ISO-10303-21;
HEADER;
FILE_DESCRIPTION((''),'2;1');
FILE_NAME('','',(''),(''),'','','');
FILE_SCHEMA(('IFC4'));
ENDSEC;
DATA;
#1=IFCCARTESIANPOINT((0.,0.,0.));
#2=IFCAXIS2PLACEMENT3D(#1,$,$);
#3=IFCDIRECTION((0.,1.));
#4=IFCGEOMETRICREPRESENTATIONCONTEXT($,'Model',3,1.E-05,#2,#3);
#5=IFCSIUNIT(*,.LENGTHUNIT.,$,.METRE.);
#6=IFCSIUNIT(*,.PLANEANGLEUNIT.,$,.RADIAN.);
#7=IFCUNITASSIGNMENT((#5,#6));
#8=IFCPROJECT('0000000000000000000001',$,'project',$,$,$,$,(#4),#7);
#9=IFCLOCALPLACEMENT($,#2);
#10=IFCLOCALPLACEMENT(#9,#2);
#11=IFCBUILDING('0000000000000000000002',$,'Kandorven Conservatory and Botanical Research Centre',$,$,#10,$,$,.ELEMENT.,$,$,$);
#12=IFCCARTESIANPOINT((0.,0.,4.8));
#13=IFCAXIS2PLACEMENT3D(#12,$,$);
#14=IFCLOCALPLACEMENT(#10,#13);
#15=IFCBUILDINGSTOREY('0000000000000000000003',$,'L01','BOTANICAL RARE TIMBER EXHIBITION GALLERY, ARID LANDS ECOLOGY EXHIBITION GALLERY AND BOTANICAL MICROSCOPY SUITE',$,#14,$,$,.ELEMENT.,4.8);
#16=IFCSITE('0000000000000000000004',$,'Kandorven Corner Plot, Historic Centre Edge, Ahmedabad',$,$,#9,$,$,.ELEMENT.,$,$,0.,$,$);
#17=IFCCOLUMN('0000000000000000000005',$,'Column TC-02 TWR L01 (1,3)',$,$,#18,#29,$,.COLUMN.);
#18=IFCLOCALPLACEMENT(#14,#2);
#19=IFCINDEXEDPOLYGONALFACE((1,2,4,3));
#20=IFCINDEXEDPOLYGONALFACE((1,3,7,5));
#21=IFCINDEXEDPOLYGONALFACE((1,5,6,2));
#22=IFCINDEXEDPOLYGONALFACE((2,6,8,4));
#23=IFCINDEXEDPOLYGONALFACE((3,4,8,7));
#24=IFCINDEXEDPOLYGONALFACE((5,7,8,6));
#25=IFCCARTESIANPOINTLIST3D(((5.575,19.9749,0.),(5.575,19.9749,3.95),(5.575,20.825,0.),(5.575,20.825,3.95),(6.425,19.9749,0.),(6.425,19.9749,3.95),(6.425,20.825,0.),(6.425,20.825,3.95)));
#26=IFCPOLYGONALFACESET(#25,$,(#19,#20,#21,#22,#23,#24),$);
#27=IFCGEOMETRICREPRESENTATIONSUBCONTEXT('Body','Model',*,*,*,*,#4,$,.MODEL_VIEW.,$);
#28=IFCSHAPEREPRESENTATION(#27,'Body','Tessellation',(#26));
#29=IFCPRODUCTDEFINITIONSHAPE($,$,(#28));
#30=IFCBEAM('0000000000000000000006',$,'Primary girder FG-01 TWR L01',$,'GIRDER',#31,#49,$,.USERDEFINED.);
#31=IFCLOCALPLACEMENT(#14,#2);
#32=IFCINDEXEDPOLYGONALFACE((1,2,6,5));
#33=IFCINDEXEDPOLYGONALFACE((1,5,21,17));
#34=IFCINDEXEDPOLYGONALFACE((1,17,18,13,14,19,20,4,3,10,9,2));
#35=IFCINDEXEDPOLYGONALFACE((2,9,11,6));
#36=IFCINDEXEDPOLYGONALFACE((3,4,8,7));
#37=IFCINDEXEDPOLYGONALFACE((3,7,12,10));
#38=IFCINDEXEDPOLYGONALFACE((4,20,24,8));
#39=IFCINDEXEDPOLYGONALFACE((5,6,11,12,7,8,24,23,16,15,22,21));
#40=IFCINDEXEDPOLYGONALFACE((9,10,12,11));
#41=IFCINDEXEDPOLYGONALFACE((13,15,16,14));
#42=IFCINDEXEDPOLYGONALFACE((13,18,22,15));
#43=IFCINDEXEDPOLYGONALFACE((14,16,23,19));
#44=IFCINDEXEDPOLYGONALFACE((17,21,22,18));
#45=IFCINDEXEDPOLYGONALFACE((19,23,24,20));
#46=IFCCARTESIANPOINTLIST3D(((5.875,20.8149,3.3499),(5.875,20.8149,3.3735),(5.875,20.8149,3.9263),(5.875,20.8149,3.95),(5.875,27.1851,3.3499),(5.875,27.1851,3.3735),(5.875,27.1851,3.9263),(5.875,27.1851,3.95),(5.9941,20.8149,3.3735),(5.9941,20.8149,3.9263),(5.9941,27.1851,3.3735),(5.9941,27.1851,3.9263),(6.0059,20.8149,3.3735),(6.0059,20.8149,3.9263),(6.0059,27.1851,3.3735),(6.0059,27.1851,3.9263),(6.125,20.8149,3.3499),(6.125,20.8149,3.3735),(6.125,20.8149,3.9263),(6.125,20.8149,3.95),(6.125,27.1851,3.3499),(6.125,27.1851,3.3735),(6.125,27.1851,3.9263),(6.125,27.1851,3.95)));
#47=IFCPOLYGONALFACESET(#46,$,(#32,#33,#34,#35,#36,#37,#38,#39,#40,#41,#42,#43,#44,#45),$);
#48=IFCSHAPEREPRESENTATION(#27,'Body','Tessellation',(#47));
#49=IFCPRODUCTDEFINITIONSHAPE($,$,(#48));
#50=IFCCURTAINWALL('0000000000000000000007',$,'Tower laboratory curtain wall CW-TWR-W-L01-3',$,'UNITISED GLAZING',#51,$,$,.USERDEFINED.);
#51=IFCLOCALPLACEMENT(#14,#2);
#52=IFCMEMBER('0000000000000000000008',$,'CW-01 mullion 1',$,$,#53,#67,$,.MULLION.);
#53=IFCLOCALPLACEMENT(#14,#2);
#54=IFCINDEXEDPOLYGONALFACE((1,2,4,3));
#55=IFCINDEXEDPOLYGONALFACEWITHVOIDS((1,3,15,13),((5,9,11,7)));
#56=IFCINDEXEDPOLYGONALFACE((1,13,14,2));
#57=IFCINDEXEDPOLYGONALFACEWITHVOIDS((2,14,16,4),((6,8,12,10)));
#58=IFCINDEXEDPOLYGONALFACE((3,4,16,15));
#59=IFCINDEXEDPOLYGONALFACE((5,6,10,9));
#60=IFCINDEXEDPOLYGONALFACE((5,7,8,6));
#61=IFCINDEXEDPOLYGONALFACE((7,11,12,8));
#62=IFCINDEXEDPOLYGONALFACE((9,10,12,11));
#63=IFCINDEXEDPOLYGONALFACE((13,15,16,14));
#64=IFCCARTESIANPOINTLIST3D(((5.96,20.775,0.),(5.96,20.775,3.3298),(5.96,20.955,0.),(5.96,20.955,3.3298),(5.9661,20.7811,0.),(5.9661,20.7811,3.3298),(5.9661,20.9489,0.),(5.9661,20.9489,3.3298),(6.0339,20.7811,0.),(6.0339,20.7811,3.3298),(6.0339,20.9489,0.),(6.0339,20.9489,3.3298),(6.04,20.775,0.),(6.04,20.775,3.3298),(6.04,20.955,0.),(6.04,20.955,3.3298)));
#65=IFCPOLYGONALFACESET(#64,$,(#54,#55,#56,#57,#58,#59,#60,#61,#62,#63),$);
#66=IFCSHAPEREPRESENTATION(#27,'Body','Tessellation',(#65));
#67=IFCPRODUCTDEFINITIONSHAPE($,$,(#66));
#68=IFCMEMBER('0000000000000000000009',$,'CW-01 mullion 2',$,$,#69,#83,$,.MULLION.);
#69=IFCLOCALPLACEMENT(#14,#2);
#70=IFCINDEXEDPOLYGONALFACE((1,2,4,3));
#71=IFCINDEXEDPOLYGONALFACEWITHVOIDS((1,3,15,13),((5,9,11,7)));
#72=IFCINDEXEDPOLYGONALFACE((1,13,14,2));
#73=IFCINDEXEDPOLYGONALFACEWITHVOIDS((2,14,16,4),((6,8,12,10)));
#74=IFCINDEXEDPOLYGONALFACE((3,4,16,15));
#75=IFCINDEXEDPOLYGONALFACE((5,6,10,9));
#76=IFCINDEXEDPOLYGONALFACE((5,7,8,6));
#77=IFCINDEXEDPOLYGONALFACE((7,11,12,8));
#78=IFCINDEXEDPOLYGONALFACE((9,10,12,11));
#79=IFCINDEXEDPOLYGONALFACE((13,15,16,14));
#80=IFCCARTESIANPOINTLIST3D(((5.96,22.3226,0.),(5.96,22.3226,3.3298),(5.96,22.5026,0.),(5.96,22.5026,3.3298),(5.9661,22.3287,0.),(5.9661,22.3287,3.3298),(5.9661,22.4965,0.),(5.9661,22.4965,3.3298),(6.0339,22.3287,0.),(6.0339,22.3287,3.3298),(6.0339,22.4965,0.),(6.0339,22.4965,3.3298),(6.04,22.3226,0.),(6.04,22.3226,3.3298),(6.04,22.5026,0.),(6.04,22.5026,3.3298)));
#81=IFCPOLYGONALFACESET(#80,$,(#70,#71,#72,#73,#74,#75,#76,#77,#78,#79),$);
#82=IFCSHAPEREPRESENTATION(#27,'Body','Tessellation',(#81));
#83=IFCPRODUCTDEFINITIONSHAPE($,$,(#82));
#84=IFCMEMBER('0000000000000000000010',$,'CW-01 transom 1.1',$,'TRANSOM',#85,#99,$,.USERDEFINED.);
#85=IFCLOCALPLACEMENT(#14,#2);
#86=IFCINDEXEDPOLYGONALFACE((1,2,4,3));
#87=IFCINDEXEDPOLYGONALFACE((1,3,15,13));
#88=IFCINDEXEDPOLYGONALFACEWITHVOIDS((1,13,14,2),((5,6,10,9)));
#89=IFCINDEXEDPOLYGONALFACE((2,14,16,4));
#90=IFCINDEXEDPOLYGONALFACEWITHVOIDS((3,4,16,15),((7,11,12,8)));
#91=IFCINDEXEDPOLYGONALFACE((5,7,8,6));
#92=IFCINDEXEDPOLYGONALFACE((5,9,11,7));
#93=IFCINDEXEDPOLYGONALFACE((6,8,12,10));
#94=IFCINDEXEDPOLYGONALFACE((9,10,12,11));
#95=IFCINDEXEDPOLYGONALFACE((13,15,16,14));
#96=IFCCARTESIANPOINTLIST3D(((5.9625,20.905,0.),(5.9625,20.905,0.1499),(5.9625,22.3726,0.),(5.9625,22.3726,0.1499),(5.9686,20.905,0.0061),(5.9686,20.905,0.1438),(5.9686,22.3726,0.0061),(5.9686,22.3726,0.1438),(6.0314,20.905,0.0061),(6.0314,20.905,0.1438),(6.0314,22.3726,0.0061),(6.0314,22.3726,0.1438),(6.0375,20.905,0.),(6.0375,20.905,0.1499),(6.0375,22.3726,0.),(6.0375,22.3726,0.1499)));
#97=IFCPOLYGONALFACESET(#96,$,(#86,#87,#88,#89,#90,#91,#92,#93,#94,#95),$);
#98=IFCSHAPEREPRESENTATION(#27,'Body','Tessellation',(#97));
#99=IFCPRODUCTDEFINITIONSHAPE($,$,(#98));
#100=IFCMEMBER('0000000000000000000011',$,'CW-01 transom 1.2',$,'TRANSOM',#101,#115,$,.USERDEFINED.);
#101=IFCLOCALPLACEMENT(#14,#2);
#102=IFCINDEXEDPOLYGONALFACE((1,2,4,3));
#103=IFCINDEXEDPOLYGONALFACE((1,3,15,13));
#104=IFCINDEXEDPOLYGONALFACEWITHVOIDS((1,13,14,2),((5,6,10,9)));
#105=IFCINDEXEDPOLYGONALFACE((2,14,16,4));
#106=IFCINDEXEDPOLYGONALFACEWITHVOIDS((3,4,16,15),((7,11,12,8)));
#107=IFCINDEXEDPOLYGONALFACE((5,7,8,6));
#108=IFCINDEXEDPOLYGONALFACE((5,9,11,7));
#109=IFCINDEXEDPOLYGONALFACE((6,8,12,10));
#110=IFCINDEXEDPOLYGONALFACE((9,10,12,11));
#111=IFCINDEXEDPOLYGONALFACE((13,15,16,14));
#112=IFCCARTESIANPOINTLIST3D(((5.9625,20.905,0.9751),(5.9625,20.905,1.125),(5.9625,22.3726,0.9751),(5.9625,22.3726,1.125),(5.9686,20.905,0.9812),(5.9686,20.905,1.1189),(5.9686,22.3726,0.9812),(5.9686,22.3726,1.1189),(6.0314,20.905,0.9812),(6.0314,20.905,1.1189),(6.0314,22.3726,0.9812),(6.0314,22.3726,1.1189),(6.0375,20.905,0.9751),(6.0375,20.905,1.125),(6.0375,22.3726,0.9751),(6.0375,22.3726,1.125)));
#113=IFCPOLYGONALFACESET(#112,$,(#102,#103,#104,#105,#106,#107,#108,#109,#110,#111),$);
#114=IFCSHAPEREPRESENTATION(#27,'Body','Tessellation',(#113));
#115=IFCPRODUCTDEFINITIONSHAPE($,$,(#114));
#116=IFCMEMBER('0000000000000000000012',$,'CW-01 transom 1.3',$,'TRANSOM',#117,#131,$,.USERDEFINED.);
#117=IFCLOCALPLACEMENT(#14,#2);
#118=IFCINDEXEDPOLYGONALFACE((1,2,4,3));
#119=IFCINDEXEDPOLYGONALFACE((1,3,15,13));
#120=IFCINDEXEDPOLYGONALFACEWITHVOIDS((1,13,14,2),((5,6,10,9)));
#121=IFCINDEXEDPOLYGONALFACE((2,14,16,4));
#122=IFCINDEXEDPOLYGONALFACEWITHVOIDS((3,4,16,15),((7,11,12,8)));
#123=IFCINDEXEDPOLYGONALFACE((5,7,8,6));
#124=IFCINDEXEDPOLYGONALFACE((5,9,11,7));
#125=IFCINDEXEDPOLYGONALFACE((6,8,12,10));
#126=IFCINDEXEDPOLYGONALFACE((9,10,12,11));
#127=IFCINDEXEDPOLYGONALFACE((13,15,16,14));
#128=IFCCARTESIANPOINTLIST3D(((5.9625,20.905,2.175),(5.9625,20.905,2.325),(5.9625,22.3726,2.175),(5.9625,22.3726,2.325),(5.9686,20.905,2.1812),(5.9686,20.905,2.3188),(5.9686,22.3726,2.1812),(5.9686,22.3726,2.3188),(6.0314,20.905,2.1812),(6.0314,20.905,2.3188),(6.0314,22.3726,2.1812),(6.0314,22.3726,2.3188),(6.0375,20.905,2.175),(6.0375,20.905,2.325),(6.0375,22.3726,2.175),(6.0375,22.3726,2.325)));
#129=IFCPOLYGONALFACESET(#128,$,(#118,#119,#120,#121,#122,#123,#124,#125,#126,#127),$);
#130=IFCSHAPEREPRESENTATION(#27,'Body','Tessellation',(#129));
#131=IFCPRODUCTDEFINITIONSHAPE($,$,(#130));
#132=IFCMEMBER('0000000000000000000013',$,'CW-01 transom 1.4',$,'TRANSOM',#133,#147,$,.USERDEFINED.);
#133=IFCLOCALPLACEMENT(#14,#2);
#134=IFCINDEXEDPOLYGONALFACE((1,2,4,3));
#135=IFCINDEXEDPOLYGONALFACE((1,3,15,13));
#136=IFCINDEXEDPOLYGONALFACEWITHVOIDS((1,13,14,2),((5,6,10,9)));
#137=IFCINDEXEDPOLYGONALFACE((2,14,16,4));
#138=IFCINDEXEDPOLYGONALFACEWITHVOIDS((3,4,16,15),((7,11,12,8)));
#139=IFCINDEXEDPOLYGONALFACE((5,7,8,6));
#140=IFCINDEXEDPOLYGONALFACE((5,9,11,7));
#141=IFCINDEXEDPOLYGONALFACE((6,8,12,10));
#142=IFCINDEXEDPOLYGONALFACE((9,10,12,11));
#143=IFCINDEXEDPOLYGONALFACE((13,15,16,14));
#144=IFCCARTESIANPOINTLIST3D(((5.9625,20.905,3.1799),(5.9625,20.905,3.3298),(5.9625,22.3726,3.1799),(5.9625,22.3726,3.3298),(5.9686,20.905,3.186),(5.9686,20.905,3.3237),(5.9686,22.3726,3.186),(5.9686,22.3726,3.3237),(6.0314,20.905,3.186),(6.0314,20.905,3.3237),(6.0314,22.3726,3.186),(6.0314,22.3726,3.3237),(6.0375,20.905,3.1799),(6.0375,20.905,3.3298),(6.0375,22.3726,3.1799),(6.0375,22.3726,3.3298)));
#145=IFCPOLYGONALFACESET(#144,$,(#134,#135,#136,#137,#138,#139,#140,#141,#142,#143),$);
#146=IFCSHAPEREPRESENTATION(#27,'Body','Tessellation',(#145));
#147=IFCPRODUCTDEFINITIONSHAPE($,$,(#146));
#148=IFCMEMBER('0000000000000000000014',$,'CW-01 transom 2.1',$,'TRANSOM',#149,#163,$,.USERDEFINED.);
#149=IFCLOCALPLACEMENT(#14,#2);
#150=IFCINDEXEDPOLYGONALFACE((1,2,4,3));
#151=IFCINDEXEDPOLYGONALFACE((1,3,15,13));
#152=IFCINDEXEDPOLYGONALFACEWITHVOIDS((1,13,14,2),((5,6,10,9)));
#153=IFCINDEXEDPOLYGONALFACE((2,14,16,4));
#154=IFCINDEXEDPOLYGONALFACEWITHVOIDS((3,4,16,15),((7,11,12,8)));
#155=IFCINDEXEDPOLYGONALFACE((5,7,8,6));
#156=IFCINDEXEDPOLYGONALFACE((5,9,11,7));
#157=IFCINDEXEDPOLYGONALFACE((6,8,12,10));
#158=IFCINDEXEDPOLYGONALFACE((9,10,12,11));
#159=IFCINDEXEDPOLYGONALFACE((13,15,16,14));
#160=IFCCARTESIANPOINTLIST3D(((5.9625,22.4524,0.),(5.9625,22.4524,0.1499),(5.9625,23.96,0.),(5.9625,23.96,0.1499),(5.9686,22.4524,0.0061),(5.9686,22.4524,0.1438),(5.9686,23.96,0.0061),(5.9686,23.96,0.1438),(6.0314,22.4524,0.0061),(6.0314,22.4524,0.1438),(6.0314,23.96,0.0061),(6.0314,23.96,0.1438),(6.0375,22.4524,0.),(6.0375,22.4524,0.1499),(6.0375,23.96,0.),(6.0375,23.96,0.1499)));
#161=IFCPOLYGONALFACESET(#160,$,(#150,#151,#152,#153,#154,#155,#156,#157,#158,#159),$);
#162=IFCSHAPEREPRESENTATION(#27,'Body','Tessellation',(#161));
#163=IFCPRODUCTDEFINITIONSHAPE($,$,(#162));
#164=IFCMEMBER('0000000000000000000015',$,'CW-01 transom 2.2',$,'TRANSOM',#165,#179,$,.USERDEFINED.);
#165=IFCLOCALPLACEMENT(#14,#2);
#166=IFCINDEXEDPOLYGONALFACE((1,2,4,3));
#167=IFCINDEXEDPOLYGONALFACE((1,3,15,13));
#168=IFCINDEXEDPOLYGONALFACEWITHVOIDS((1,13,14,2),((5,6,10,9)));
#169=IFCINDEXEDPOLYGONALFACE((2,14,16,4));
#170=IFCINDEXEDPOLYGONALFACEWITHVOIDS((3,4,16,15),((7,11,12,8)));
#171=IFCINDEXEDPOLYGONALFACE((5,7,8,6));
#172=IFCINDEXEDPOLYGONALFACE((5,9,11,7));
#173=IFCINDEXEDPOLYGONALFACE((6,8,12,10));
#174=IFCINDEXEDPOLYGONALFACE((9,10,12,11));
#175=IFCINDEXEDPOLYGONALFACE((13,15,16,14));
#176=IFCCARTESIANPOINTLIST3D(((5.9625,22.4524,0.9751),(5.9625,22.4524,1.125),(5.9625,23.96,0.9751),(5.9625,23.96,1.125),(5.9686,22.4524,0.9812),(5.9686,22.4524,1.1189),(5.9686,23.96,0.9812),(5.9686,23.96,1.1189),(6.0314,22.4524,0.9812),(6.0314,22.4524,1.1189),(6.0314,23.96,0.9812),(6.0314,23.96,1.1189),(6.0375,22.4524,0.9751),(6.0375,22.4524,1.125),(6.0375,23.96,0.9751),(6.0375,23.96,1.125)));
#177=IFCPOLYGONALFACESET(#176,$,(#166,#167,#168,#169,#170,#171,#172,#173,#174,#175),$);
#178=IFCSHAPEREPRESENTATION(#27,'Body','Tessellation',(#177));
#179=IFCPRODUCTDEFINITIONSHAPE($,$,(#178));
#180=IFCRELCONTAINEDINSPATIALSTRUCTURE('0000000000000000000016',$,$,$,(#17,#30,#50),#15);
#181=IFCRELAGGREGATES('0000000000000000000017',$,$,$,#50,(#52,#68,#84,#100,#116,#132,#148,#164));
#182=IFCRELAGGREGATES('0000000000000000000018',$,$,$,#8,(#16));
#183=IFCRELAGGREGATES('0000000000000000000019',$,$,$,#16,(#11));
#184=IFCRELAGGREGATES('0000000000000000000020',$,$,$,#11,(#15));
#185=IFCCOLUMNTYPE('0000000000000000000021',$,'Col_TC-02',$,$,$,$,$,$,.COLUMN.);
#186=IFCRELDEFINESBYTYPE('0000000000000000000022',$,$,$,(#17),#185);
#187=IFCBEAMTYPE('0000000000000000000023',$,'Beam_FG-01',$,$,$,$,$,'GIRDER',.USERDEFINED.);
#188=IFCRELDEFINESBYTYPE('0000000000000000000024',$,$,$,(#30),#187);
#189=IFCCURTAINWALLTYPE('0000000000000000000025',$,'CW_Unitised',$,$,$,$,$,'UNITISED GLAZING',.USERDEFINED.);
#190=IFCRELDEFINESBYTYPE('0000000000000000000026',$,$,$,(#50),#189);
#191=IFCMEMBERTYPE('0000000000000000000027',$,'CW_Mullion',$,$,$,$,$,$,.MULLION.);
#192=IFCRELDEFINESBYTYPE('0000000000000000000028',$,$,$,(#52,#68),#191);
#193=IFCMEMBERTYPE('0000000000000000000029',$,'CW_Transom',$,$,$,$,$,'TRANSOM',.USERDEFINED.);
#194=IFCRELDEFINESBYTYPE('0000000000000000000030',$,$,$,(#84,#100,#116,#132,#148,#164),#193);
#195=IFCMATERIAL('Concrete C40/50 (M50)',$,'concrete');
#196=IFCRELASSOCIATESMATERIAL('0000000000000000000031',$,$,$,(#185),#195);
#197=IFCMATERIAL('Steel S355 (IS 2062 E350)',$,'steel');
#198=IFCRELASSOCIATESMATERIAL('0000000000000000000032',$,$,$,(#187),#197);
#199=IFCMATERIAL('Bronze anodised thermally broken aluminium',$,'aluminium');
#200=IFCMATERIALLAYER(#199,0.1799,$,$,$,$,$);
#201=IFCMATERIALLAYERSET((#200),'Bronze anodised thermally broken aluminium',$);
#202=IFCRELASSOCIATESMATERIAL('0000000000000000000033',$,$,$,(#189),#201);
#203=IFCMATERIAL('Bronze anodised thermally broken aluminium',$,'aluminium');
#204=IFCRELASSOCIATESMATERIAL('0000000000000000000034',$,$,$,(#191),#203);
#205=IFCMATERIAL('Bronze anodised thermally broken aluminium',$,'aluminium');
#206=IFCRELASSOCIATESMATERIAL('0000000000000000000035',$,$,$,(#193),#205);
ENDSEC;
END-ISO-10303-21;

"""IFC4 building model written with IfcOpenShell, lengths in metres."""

from ifc_helpers import new_model, si_unit, direction, frame, origin, origin_2d, place, context, subcontext, project, spatial, rectangle, hollow_rectangle, i_section, extrude, material, layer, layer_set, material_profile, profile_set, type_object, element, aggregate, save


model = new_model("IFC4")

# Units and contexts
model_context = context("Model", 3, precision=1e-05, world=origin(), true_north=direction((0.0, 1.0)))
body_context = subcontext(model_context, "Body", "Model", "MODEL_VIEW")
ifc_project = project(units=[si_unit("LENGTHUNIT", "METRE"), si_unit("PLANEANGLEUNIT", "RADIAN")], contexts=[model_context])

# Site, building, storey
site_placement = place(None, origin())
site = spatial("IfcSite", under=ifc_project, at=site_placement, Name="Kandorven Corner Plot, Historic Centre Edge, Ahmedabad", CompositionType="ELEMENT", RefElevation=0.0)
building_placement = place(site_placement, origin())
building = spatial("IfcBuilding", under=site, at=building_placement, Name="Kandorven Conservatory and Botanical Research Centre", CompositionType="ELEMENT")
storey_placement = place(building_placement, frame((0.0, 0.0, 4.8)))
storey = spatial("IfcBuildingStorey", under=building, at=storey_placement, Name="L01", Description="BOTANICAL RARE TIMBER EXHIBITION GALLERY, ARID LANDS ECOLOGY EXHIBITION GALLERY AND BOTANICAL MICROSCOPY SUITE", CompositionType="ELEMENT", Elevation=4.8)

# Column
ifc_material_1 = material(Name="Concrete C40/50 (M50)", Category="concrete")
ifc_material_profile_1 = material_profile(ifc_material_1, rectangle(XDim=0.8501, YDim=0.8501, at=origin_2d()))
ifc_profile_set_1 = profile_set([ifc_material_profile_1], Name="Concrete C40/50 (M50)")
column_type = type_object("IfcColumnType", Name="Col_TC-02", PredefinedType="COLUMN", material=ifc_profile_set_1)
column_placement = place(storey_placement, frame((6.0, 20.3999, 0.0), z_axis=(0.0, 0.0, 1.0), x_axis=(1.0, 0.0, 0.0)))
element("IfcColumn", 1, at=column_placement, inside=storey, type_object=column_type, Name="Column TC-02 TWR L01 (1,3)", PredefinedType="COLUMN", context=body_context, shape_type="SweptSolid", body=[
    extrude(rectangle(XDim=0.8501, YDim=0.8501, at=origin_2d()), origin(), (0.0, 0.0, 1.0), 3.95),
])

# Beam
ifc_material_2 = material(Name="Steel S355 (IS 2062 E350)", Category="steel")
ifc_material_profile_2 = material_profile(ifc_material_2, i_section(OverallWidth=0.25, OverallDepth=0.6001, WebThickness=0.0117, FlangeThickness=0.0237, at=origin_2d()))
ifc_profile_set_2 = profile_set([ifc_material_profile_2], Name="Steel S355 (IS 2062 E350)")
beam_type = type_object("IfcBeamType", Name="Beam_FG-01", ElementType="GIRDER", PredefinedType="USERDEFINED", material=ifc_profile_set_2)
beam_placement = place(storey_placement, frame((6.0, 20.8149, 3.6499), z_axis=(0.0, 1.0, 0.0), x_axis=(-1.0, 0.0, 0.0)))
element("IfcBeam", 2, at=beam_placement, inside=storey, type_object=beam_type, Name="Primary girder FG-01 TWR L01", ObjectType="GIRDER", PredefinedType="USERDEFINED", context=body_context, shape_type="SweptSolid", body=[
    extrude(i_section(OverallWidth=0.25, OverallDepth=0.6001, WebThickness=0.0117, FlangeThickness=0.0237, at=origin_2d()), origin(), (0.0, 0.0, 1.0), 6.3701),
])

# Curtain wall, members
ifc_material_3 = material(Name="Bronze anodised thermally broken aluminium", Category="aluminium")
ifc_layer_1 = layer(ifc_material_3, 0.1799)
ifc_layer_set_1 = layer_set([ifc_layer_1], Name="Bronze anodised thermally broken aluminium")
curtain_wall_type = type_object("IfcCurtainWallType", Name="CW_Unitised", ElementType="UNITISED GLAZING", PredefinedType="USERDEFINED", material=ifc_layer_set_1)
curtain_wall_placement = place(storey_placement, origin())
curtain_wall = element("IfcCurtainWall", 3, at=curtain_wall_placement, inside=storey, type_object=curtain_wall_type, Name="Tower laboratory curtain wall CW-TWR-W-L01-3", ObjectType="UNITISED GLAZING", PredefinedType="USERDEFINED")
ifc_material_4 = material(Name="Bronze anodised thermally broken aluminium", Category="aluminium")
ifc_material_profile_3 = material_profile(ifc_material_4, hollow_rectangle(XDim=0.0801, YDim=0.1799, WallThickness=0.0061, at=origin_2d()))
ifc_profile_set_3 = profile_set([ifc_material_profile_3], Name="Bronze anodised thermally broken aluminium")
member_type_1 = type_object("IfcMemberType", Name="CW_Mullion", PredefinedType="MULLION", material=ifc_profile_set_3)
member_1_placement = place(storey_placement, frame((6.0, 20.865, 0.0), z_axis=(0.0, 0.0, 1.0), x_axis=(-1.0, 0.0, 0.0)))
member_1 = element("IfcMember", 4, at=member_1_placement, type_object=member_type_1, Name="CW-01 mullion 1", PredefinedType="MULLION", context=body_context, shape_type="SweptSolid", body=[
    extrude(hollow_rectangle(XDim=0.0801, YDim=0.1799, WallThickness=0.0061, at=origin_2d()), origin(), (0.0, 0.0, 1.0), 3.3298),
])
member_2_placement = place(storey_placement, frame((6.0, 22.4126, 0.0), z_axis=(0.0, 0.0, 1.0), x_axis=(-1.0, 0.0, 0.0)))
member_2 = element("IfcMember", 5, at=member_2_placement, type_object=member_type_1, Name="CW-01 mullion 2", PredefinedType="MULLION", context=body_context, shape_type="SweptSolid", body=[
    extrude(hollow_rectangle(XDim=0.0801, YDim=0.1799, WallThickness=0.0061, at=origin_2d()), origin(), (0.0, 0.0, 1.0), 3.3298),
])
ifc_material_5 = material(Name="Bronze anodised thermally broken aluminium", Category="aluminium")
ifc_material_profile_4 = material_profile(ifc_material_5, hollow_rectangle(XDim=0.075, YDim=0.1499, WallThickness=0.0061, at=origin_2d()))
ifc_profile_set_4 = profile_set([ifc_material_profile_4], Name="Bronze anodised thermally broken aluminium")
member_type_2 = type_object("IfcMemberType", Name="CW_Transom", ElementType="TRANSOM", PredefinedType="USERDEFINED", material=ifc_profile_set_4)
member_3_placement = place(storey_placement, frame((6.0, 20.905, 0.075), z_axis=(0.0, 1.0, 0.0), x_axis=(-1.0, 0.0, 0.0)))
member_3 = element("IfcMember", 6, at=member_3_placement, type_object=member_type_2, Name="CW-01 transom 1.1", ObjectType="TRANSOM", PredefinedType="USERDEFINED", context=body_context, shape_type="SweptSolid", body=[
    extrude(hollow_rectangle(XDim=0.075, YDim=0.1499, WallThickness=0.0061, at=origin_2d()), origin(), (0.0, 0.0, 1.0), 1.4675),
])
member_4_placement = place(storey_placement, frame((6.0, 20.905, 1.05), z_axis=(0.0, 1.0, 0.0), x_axis=(-1.0, 0.0, 0.0)))
member_4 = element("IfcMember", 7, at=member_4_placement, type_object=member_type_2, Name="CW-01 transom 1.2", ObjectType="TRANSOM", PredefinedType="USERDEFINED", context=body_context, shape_type="SweptSolid", body=[
    extrude(hollow_rectangle(XDim=0.075, YDim=0.1499, WallThickness=0.0061, at=origin_2d()), origin(), (0.0, 0.0, 1.0), 1.4675),
])
member_5_placement = place(storey_placement, frame((6.0, 20.905, 2.25), z_axis=(0.0, 1.0, 0.0), x_axis=(-1.0, 0.0, 0.0)))
member_5 = element("IfcMember", 8, at=member_5_placement, type_object=member_type_2, Name="CW-01 transom 1.3", ObjectType="TRANSOM", PredefinedType="USERDEFINED", context=body_context, shape_type="SweptSolid", body=[
    extrude(hollow_rectangle(XDim=0.075, YDim=0.1499, WallThickness=0.0061, at=origin_2d()), origin(), (0.0, 0.0, 1.0), 1.4675),
])
member_6_placement = place(storey_placement, frame((6.0, 20.905, 3.2549), z_axis=(0.0, 1.0, 0.0), x_axis=(-1.0, 0.0, 0.0)))
member_6 = element("IfcMember", 9, at=member_6_placement, type_object=member_type_2, Name="CW-01 transom 1.4", ObjectType="TRANSOM", PredefinedType="USERDEFINED", context=body_context, shape_type="SweptSolid", body=[
    extrude(hollow_rectangle(XDim=0.075, YDim=0.1499, WallThickness=0.0061, at=origin_2d()), origin(), (0.0, 0.0, 1.0), 1.4675),
])
member_7_placement = place(storey_placement, frame((6.0, 22.4524, 0.075), z_axis=(0.0, 1.0, 0.0), x_axis=(-1.0, 0.0, 0.0)))
member_7 = element("IfcMember", 10, at=member_7_placement, type_object=member_type_2, Name="CW-01 transom 2.1", ObjectType="TRANSOM", PredefinedType="USERDEFINED", context=body_context, shape_type="SweptSolid", body=[
    extrude(hollow_rectangle(XDim=0.075, YDim=0.1499, WallThickness=0.0061, at=origin_2d()), origin(), (0.0, 0.0, 1.0), 1.5076),
])
member_8_placement = place(storey_placement, frame((6.0, 22.4524, 1.05), z_axis=(0.0, 1.0, 0.0), x_axis=(-1.0, 0.0, 0.0)))
member_8 = element("IfcMember", 11, at=member_8_placement, type_object=member_type_2, Name="CW-01 transom 2.2", ObjectType="TRANSOM", PredefinedType="USERDEFINED", context=body_context, shape_type="SweptSolid", body=[
    extrude(hollow_rectangle(XDim=0.075, YDim=0.1499, WallThickness=0.0061, at=origin_2d()), origin(), (0.0, 0.0, 1.0), 1.5076),
])

aggregate(curtain_wall, [member_1, member_2, member_3, member_4, member_5, member_6, member_7, member_8])

save(model, "model.ifc")
